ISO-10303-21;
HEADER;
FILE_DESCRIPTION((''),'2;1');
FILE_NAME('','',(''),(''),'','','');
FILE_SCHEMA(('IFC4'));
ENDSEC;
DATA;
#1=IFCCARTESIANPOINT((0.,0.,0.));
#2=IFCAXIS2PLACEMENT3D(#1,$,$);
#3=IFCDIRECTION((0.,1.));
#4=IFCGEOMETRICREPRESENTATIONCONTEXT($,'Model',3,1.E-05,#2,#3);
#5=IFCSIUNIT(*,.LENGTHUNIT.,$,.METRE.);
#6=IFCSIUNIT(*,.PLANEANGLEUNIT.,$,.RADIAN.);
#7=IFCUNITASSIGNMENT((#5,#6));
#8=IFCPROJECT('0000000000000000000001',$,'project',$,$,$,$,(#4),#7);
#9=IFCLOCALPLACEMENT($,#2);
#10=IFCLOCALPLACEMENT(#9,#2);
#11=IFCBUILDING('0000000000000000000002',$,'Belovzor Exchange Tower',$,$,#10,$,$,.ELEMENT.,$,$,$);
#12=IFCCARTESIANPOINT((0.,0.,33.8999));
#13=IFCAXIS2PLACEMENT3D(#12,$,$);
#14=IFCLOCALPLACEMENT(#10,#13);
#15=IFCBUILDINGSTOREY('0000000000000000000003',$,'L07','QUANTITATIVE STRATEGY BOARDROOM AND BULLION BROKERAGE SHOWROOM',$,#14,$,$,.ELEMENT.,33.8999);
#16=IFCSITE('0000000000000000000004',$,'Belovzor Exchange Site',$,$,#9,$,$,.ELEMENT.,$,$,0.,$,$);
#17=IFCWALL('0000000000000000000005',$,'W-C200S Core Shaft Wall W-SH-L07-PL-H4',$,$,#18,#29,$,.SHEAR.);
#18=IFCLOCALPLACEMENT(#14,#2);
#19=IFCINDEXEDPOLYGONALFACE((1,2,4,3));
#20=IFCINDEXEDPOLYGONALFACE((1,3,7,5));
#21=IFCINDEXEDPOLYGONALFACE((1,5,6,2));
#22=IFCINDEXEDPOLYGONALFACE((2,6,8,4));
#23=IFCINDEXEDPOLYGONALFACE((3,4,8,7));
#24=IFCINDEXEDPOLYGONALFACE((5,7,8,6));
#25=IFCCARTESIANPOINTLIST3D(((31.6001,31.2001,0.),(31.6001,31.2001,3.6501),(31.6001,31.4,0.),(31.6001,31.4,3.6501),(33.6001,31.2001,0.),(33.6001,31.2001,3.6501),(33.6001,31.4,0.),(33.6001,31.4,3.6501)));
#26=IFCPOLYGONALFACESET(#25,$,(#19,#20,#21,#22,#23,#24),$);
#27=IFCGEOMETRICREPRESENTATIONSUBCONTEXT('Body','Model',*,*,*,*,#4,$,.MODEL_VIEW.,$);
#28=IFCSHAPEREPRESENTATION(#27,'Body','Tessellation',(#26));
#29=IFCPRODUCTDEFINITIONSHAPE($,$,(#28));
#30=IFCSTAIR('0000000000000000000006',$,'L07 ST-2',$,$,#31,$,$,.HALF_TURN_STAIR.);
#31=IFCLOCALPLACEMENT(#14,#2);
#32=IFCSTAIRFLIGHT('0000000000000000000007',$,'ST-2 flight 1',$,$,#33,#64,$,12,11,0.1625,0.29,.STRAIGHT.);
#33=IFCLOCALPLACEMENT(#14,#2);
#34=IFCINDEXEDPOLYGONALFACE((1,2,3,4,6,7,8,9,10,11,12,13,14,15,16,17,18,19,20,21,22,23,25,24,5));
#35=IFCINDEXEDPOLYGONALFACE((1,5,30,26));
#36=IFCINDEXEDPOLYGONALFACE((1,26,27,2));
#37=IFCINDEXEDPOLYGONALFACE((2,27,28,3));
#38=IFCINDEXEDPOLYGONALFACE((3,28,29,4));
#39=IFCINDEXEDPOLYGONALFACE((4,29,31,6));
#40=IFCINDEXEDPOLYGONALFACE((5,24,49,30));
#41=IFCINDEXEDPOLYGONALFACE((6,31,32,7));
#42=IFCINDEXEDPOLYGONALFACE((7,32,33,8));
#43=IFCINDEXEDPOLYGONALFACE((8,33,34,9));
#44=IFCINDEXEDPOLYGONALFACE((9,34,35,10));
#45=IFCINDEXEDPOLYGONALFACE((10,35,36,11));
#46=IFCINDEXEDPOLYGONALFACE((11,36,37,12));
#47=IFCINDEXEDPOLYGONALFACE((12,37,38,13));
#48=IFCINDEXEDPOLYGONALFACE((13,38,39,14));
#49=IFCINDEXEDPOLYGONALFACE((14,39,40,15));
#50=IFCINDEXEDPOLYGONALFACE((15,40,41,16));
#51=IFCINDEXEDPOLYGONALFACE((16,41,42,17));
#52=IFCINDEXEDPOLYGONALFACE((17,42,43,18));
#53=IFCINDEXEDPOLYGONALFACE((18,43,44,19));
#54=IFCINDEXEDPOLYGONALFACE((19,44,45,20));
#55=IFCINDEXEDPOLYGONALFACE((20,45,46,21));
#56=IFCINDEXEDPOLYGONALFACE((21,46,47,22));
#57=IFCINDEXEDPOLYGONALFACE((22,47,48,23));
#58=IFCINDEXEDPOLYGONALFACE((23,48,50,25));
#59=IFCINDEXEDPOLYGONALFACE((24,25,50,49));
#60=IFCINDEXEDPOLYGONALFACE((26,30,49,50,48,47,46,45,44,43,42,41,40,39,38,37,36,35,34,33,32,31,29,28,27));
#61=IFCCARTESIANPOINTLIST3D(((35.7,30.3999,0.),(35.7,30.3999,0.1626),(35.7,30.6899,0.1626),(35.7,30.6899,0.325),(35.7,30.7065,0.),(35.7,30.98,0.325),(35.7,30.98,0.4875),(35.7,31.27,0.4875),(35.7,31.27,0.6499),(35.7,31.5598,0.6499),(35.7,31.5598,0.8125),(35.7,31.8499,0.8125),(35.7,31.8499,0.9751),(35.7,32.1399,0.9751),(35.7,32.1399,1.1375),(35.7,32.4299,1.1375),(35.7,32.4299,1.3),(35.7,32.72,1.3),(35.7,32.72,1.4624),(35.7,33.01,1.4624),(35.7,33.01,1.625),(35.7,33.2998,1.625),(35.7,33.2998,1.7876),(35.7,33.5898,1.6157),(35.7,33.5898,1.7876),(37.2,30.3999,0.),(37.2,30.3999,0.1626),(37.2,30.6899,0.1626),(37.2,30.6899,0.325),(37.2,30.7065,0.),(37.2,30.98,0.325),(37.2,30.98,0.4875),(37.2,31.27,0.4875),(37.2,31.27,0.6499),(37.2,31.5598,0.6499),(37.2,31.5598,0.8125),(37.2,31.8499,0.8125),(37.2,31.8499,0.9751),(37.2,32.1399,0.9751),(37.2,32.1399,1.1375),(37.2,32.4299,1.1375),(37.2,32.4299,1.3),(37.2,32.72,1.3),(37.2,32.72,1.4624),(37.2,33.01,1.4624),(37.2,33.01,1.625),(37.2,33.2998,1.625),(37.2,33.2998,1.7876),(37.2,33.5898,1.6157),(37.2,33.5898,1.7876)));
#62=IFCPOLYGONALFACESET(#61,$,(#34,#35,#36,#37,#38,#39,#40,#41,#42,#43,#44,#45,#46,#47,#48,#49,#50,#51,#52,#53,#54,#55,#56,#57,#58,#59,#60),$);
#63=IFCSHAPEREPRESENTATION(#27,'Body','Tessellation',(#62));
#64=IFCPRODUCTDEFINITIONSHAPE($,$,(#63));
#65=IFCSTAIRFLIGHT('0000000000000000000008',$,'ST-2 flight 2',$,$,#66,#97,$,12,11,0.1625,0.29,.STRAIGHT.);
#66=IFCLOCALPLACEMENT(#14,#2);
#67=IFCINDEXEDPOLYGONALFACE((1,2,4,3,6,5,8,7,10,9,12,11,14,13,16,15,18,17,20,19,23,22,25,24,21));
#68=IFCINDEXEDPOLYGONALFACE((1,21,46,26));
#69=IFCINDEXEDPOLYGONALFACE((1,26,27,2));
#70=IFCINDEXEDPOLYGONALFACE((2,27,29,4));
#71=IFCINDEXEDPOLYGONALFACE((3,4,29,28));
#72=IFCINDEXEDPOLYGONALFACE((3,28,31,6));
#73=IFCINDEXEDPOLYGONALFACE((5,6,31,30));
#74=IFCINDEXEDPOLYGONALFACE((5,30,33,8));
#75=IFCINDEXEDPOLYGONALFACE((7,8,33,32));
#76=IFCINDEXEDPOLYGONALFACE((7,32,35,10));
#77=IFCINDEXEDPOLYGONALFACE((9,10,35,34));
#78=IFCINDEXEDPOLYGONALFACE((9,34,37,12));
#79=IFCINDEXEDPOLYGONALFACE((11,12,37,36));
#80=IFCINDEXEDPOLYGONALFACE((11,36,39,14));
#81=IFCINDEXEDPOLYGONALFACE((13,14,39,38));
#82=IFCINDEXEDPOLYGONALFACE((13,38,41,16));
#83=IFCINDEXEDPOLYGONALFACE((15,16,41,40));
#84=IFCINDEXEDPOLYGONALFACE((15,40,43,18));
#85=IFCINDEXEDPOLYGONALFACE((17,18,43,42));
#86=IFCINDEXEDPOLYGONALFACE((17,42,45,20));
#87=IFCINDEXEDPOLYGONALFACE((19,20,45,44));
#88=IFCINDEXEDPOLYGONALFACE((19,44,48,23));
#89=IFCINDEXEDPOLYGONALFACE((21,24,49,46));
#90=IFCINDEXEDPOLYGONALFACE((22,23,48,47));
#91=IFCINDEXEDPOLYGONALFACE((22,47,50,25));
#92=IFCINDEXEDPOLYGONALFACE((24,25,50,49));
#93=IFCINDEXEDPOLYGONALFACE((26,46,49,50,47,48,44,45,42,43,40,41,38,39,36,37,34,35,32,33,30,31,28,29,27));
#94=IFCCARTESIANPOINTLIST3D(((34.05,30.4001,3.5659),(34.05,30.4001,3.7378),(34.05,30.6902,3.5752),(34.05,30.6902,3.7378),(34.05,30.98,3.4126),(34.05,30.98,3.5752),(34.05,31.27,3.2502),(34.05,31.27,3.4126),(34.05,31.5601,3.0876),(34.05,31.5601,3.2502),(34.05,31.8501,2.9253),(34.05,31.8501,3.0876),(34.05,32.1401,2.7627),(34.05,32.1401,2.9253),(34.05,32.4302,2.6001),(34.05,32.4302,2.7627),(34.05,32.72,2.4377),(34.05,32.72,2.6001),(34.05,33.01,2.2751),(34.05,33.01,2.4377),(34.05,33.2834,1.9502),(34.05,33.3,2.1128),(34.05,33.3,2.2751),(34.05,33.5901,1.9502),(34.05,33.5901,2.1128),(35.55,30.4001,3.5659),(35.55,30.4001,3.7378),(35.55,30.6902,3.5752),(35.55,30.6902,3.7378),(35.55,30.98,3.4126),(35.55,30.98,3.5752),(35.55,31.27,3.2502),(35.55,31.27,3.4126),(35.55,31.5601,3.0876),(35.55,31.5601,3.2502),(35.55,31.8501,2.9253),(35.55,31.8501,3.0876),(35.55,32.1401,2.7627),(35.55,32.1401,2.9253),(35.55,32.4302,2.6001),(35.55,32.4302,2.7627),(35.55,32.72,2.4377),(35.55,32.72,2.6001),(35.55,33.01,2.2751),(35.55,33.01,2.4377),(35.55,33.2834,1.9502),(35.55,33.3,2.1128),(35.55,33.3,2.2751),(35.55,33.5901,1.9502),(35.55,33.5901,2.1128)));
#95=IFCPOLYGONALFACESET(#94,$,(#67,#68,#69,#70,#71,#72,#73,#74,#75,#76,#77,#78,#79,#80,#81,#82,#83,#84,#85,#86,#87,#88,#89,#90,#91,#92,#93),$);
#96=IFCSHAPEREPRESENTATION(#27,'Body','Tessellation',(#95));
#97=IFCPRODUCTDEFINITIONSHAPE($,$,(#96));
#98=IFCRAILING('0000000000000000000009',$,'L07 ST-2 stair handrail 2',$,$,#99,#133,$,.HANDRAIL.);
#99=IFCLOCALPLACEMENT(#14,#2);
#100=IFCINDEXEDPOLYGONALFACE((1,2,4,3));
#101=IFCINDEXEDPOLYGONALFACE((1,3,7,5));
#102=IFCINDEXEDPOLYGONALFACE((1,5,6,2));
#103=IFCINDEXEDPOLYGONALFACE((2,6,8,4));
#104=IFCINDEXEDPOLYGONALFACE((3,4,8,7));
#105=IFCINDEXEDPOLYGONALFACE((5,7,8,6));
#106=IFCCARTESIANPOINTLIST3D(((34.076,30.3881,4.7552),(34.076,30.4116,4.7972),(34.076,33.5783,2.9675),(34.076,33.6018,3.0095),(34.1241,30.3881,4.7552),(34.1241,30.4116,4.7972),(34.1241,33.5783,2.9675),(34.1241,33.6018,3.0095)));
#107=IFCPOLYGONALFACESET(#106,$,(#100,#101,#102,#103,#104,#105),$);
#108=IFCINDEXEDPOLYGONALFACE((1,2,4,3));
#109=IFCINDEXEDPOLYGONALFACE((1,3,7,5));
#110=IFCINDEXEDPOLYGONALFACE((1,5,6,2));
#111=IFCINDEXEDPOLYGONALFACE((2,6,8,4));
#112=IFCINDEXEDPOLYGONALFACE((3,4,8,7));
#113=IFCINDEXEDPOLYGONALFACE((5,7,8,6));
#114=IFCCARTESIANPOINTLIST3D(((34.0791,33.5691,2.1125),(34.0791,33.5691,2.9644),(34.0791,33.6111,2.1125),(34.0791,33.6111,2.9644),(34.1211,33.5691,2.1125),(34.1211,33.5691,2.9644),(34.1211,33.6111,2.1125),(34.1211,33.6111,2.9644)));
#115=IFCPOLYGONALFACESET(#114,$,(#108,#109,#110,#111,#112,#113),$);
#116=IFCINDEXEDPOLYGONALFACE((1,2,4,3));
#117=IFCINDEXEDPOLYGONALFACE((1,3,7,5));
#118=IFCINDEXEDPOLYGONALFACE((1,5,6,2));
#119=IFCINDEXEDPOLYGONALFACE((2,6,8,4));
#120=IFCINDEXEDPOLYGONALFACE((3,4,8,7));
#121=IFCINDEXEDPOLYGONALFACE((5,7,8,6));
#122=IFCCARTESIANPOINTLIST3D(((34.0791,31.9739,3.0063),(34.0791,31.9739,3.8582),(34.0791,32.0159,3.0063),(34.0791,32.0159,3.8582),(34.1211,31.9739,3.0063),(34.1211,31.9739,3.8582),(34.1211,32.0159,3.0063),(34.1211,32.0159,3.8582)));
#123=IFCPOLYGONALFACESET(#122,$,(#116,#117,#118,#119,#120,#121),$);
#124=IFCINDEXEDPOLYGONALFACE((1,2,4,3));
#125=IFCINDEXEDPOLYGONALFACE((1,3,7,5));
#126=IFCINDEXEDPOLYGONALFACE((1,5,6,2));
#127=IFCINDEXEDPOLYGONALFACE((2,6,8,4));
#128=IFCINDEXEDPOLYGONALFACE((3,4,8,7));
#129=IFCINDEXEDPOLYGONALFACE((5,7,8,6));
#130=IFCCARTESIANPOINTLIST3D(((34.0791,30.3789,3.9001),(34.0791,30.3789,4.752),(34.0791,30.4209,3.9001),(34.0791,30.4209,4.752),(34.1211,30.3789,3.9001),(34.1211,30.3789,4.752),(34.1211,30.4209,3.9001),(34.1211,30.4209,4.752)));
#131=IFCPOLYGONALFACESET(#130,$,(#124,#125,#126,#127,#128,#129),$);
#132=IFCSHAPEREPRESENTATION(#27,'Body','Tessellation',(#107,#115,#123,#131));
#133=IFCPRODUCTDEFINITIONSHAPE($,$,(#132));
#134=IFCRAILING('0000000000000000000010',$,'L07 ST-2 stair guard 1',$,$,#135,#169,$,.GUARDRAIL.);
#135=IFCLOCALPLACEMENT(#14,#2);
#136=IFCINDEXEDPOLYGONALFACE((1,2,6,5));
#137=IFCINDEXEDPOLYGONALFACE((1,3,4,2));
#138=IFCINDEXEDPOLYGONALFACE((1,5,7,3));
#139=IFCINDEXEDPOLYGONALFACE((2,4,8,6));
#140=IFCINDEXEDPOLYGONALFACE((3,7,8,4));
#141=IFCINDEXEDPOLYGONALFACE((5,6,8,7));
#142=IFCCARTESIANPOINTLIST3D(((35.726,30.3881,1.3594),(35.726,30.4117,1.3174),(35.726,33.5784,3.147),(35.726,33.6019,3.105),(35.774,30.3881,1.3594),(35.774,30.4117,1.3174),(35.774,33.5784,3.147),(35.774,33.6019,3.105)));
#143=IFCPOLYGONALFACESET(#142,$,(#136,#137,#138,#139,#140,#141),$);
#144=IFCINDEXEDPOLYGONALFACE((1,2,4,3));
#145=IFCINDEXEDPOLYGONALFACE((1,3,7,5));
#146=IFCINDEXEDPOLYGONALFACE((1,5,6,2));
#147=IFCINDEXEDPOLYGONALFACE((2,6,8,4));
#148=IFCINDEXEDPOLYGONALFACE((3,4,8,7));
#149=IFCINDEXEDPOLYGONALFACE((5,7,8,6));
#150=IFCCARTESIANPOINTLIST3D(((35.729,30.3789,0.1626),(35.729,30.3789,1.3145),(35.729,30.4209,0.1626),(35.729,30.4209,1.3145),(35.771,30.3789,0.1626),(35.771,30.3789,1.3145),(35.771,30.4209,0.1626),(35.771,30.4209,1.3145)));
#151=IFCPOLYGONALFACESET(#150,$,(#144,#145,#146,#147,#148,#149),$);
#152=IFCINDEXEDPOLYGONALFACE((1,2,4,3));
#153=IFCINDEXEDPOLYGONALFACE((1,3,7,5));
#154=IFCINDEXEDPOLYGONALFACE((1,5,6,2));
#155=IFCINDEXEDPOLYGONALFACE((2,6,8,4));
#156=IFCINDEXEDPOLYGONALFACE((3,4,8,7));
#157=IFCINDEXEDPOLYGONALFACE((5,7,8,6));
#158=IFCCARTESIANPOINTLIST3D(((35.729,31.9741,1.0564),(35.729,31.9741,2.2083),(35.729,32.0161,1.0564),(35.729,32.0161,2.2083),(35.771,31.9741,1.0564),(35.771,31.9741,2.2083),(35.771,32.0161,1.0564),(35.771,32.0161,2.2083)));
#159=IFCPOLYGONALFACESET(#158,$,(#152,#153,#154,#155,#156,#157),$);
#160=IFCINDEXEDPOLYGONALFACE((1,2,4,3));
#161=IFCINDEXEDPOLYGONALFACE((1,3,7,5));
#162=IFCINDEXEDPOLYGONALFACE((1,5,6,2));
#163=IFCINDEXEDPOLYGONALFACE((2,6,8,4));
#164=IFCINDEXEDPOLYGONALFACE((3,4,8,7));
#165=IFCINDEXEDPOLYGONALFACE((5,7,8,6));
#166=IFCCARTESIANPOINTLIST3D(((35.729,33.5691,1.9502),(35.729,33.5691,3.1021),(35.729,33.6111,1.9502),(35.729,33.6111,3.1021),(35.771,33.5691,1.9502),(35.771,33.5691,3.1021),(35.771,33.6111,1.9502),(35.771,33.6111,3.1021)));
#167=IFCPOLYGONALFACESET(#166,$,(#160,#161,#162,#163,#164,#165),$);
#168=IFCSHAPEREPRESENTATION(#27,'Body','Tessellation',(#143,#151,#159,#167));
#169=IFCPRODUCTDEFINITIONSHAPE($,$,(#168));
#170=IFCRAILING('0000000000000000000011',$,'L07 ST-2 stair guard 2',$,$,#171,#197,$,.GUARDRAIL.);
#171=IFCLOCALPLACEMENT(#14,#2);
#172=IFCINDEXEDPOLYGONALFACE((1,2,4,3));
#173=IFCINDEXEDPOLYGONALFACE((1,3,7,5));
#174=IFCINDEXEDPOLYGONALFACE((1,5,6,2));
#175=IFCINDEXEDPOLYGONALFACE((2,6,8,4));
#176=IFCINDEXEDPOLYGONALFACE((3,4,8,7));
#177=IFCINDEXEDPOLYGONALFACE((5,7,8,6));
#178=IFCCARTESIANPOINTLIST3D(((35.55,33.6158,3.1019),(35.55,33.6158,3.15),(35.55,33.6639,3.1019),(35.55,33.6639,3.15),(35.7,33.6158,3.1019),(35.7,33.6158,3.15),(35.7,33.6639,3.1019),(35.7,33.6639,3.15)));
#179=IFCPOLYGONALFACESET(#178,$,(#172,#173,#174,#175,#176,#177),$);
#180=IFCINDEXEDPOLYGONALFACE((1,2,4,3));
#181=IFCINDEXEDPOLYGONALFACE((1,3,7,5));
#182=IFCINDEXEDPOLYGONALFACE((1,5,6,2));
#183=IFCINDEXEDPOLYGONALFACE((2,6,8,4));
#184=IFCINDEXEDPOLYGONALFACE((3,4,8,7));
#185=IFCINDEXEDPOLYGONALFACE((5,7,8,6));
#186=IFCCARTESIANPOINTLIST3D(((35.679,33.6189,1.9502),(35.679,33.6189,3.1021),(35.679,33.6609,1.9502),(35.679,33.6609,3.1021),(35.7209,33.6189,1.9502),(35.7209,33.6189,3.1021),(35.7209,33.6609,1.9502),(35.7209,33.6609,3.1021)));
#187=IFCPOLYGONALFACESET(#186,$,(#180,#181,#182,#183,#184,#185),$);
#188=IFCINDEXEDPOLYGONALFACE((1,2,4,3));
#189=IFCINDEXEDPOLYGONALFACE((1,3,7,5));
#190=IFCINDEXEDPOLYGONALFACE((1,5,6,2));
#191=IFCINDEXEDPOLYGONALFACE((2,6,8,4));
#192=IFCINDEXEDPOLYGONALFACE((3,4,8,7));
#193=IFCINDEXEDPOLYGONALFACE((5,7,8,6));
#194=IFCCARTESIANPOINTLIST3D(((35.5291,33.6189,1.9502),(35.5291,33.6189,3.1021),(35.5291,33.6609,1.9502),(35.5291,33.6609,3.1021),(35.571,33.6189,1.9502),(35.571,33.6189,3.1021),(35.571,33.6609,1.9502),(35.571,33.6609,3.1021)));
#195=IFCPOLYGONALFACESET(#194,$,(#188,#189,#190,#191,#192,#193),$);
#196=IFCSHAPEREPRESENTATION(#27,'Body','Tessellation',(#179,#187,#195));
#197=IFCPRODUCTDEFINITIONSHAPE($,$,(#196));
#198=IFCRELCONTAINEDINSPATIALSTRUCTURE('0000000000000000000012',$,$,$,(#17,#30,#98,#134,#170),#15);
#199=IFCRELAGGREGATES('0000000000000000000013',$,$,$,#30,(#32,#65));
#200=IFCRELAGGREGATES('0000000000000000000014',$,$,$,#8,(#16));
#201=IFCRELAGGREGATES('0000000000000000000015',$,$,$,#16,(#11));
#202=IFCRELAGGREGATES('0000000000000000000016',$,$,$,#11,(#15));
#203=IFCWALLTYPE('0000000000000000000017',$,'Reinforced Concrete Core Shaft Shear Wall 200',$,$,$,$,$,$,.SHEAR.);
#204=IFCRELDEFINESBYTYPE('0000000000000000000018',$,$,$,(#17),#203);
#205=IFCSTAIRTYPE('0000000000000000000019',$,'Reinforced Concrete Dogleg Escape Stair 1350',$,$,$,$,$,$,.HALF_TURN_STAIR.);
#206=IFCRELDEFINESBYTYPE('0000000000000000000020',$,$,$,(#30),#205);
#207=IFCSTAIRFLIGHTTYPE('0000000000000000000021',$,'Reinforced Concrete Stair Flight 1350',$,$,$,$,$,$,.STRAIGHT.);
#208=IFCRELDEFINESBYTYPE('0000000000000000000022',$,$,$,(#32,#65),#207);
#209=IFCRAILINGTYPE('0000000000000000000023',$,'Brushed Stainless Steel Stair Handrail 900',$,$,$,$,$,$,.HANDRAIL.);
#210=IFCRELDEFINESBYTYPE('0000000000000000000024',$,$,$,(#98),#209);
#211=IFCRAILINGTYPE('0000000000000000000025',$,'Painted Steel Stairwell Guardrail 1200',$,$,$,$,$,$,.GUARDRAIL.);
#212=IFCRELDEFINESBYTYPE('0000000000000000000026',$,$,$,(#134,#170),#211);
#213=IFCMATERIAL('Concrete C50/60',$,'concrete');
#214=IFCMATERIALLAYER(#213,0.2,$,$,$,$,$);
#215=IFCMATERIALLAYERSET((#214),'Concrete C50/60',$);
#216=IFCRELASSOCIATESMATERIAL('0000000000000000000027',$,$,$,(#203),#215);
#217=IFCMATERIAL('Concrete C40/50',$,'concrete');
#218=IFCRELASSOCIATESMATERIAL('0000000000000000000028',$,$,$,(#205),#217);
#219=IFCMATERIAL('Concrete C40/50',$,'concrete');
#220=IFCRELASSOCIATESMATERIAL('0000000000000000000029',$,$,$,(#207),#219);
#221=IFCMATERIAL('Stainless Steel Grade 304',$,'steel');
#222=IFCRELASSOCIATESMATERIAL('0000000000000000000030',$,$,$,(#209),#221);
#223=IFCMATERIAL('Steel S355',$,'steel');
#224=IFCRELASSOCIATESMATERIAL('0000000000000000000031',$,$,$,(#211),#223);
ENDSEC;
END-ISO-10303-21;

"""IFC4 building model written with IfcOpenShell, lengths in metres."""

from ifc_helpers import new_model, si_unit, direction, frame, frame_2d, origin, origin_2d, place, context, subcontext, project, spatial, polyline, rectangle, outline, extrude, material, layer, layer_set, type_object, element, aggregate, save


model = new_model("IFC4")

# Units and contexts
model_context = context("Model", 3, precision=1e-05, world=origin(), true_north=direction((0.0, 1.0)))
body_context = subcontext(model_context, "Body", "Model", "MODEL_VIEW")
ifc_project = project(units=[si_unit("LENGTHUNIT", "METRE"), si_unit("PLANEANGLEUNIT", "RADIAN")], contexts=[model_context])

# Site, building, storey
site_placement = place(None, origin())
site = spatial("IfcSite", under=ifc_project, at=site_placement, Name="Belovzor Exchange Site", CompositionType="ELEMENT", RefElevation=0.0)
building_placement = place(site_placement, origin())
building = spatial("IfcBuilding", under=site, at=building_placement, Name="Belovzor Exchange Tower", CompositionType="ELEMENT")
storey_placement = place(building_placement, frame((0.0, 0.0, 33.8999)))
storey = spatial("IfcBuildingStorey", under=building, at=storey_placement, Name="L07", Description="QUANTITATIVE STRATEGY BOARDROOM AND BULLION BROKERAGE SHOWROOM", CompositionType="ELEMENT", Elevation=33.8999)

# Wall
ifc_material_1 = material(Name="Concrete C50/60", Category="concrete")
ifc_layer_1 = layer(ifc_material_1, 0.2)
ifc_layer_set_1 = layer_set([ifc_layer_1], Name="Concrete C50/60")
wall_type_1 = type_object("IfcWallType", Name="Reinforced Concrete Core Shaft Shear Wall 200", PredefinedType="SHEAR", material=ifc_layer_set_1)
for number, where, z_axis, x_axis, name in (
    (1, (31.6001, 31.3, 0.0), (0.0, 0.0, 1.0), (1.0, 0.0, 0.0), "W-C200S Core Shaft Wall W-SH-L07-PL-H4"),
):
    element("IfcWall", number, at=place(storey_placement, frame(where, z_axis=z_axis, x_axis=x_axis)), inside=storey, type_object=wall_type_1, Name=name, PredefinedType="SHEAR", context=body_context, shape_type="SweptSolid", body=[
        extrude(rectangle(XDim=2.0, YDim=0.2, at=frame_2d((1.0, 0.0))), origin(), (0.0, 0.0, 1.0), 3.6501),
    ])

# Stair, stair flights
ifc_material_2 = material(Name="Concrete C40/50", Category="concrete")
stair_type = type_object("IfcStairType", Name="Reinforced Concrete Dogleg Escape Stair 1350", PredefinedType="HALF_TURN_STAIR", material=ifc_material_2)
stair_placement = place(storey_placement, origin())
stair = element("IfcStair", 2, at=stair_placement, inside=storey, type_object=stair_type, Name="L07 ST-2", PredefinedType="HALF_TURN_STAIR")
ifc_material_3 = material(Name="Concrete C40/50", Category="concrete")
stair_flight_type = type_object("IfcStairFlightType", Name="Reinforced Concrete Stair Flight 1350", PredefinedType="STRAIGHT", material=ifc_material_3)
stair_flight_1_placement = place(storey_placement, frame((36.45, 30.3999, 0.0), z_axis=(0.0, 0.0, 1.0), x_axis=(0.0, 1.0, 0.0)))
stair_flight_1 = element("IfcStairFlight", 3, at=stair_flight_1_placement, type_object=stair_flight_type, Name="ST-2 flight 1", NumberOfRisers=12, NumberOfTreads=11, PredefinedType="STRAIGHT", RiserHeight=0.1625, TreadLength=0.29, context=body_context, shape_type="SweptSolid", body=[
    extrude(outline(polyline([(0.0, 0.0), (0.0, 0.1626), (0.29, 0.1626), (0.29, 0.325), (0.5801, 0.325), (0.5801, 0.4875), (0.8701, 0.4875), (0.8701, 0.6499), (1.1599, 0.6499), (1.1599, 0.8125), (1.45, 0.8125), (1.45, 0.9751), (1.74, 0.9751), (1.74, 1.1375), (2.03, 1.1375), (2.03, 1.3), (2.3201, 1.3), (2.3201, 1.4624), (2.6101, 1.4624), (2.6101, 1.625), (2.8999, 1.625), (2.8999, 1.7876), (3.1899, 1.7876), (3.1899, 1.95), (3.1899, 1.6157), (0.3066, 0.0), (0.0, 0.0)])), frame((0.0, 0.75, 0.0), z_axis=(0.0, -1.0, 0.0), x_axis=(1.0, 0.0, 0.0)), (0.0, 0.0, 1.0), 1.5),
])
stair_flight_2_placement = place(storey_placement, frame((34.8, 33.5901, 1.9502), z_axis=(0.0, 0.0, 1.0), x_axis=(0.0, -1.0, 0.0)))
stair_flight_2 = element("IfcStairFlight", 4, at=stair_flight_2_placement, type_object=stair_flight_type, Name="ST-2 flight 2", NumberOfRisers=12, NumberOfTreads=11, PredefinedType="STRAIGHT", RiserHeight=0.1625, TreadLength=0.29, context=body_context, shape_type="SweptSolid", body=[
    extrude(outline(polyline([(0.0, 0.0), (0.0, 0.1626), (0.29, 0.1626), (0.29, 0.325), (0.5801, 0.325), (0.5801, 0.4875), (0.8701, 0.4875), (0.8701, 0.6499), (1.1599, 0.6499), (1.1599, 0.8125), (1.45, 0.8125), (1.45, 0.9751), (1.74, 0.9751), (1.74, 1.1375), (2.03, 1.1375), (2.03, 1.3), (2.3201, 1.3), (2.3201, 1.4624), (2.6101, 1.4624), (2.6101, 1.625), (2.8999, 1.625), (2.8999, 1.7876), (3.1899, 1.7876), (3.1899, 1.95), (3.1899, 1.6157), (0.3066, 0.0), (0.0, 0.0)])), frame((0.0, 0.75, 0.0), z_axis=(0.0, -1.0, 0.0), x_axis=(1.0, 0.0, 0.0)), (0.0, 0.0, 1.0), 1.5),
])
aggregate(stair, [stair_flight_1, stair_flight_2])

# Railings
ifc_material_4 = material(Name="Stainless Steel Grade 304", Category="steel")
railing_type_1 = type_object("IfcRailingType", Name="Brushed Stainless Steel Stair Handrail 900", PredefinedType="HANDRAIL", material=ifc_material_4)
railing_1_placement = place(storey_placement, frame((34.1001, 33.5901, 2.1125)))
element("IfcRailing", 5, at=railing_1_placement, inside=storey, type_object=railing_type_1, Name="L07 ST-2 stair handrail 2", PredefinedType="HANDRAIL", context=body_context, shape_type="SweptSolid", body=[
    extrude(rectangle(XDim=0.0481, YDim=0.0481, at=origin_2d()), frame((0.0, 0.0, 0.876), z_axis=(0.0, -0.872378, 0.488831), x_axis=(1.0, 0.0, 0.0)), (0.0, 0.0, 1.0), 3.657),
    extrude(rectangle(XDim=0.042, YDim=0.042, at=origin_2d()), origin(), (0.0, 0.0, 1.0), 0.8518),
    extrude(rectangle(XDim=0.042, YDim=0.042, at=origin_2d()), frame((0.0, -1.5952, 0.8938)), (0.0, 0.0, 1.0), 0.8518),
    extrude(rectangle(XDim=0.042, YDim=0.042, at=origin_2d()), frame((0.0, -3.1902, 1.7876)), (0.0, 0.0, 1.0), 0.8518),
])
ifc_material_5 = material(Name="Steel S355", Category="steel")
railing_type_2 = type_object("IfcRailingType", Name="Painted Steel Stairwell Guardrail 1200", PredefinedType="GUARDRAIL", material=ifc_material_5)
railing_2_placement = place(storey_placement, frame((35.75, 30.3999, 0.1626)))
element("IfcRailing", 6, at=railing_2_placement, inside=storey, type_object=railing_type_2, Name="L07 ST-2 stair guard 1", PredefinedType="GUARDRAIL", context=body_context, shape_type="SweptSolid", body=[
    extrude(rectangle(XDim=0.0481, YDim=0.0481, at=origin_2d()), frame((0.0, 0.0, 1.1758), z_axis=(0.0, 0.872378, 0.488831), x_axis=(-1.0, 0.0, 0.0)), (0.0, 0.0, 1.0), 3.657),
    extrude(rectangle(XDim=0.042, YDim=0.042, at=origin_2d()), origin(), (0.0, 0.0, 1.0), 1.1519),
    extrude(rectangle(XDim=0.042, YDim=0.042, at=origin_2d()), frame((0.0, 1.5952, 0.8938)), (0.0, 0.0, 1.0), 1.1519),
    extrude(rectangle(XDim=0.042, YDim=0.042, at=origin_2d()), frame((0.0, 3.1902, 1.7876)), (0.0, 0.0, 1.0), 1.1519),
])
railing_3_placement = place(storey_placement, frame((35.7, 33.6399, 1.9502)))
element("IfcRailing", 7, at=railing_3_placement, inside=storey, type_object=railing_type_2, Name="L07 ST-2 stair guard 2", PredefinedType="GUARDRAIL", context=body_context, shape_type="SweptSolid", body=[
    extrude(rectangle(XDim=0.0481, YDim=0.0481, at=origin_2d()), frame((0.0, 0.0, 1.1758), z_axis=(-1.0, 0.0, 0.0), x_axis=(0.0, -1.0, 0.0)), (0.0, 0.0, 1.0), 0.1499),
    extrude(rectangle(XDim=0.042, YDim=0.042, at=origin_2d()), origin(), (0.0, 0.0, 1.0), 1.1519),
    extrude(rectangle(XDim=0.042, YDim=0.042, at=origin_2d()), frame((-0.1499, 0.0, 0.0)), (0.0, 0.0, 1.0), 1.1519),
])

save(model, "model.ifc")
